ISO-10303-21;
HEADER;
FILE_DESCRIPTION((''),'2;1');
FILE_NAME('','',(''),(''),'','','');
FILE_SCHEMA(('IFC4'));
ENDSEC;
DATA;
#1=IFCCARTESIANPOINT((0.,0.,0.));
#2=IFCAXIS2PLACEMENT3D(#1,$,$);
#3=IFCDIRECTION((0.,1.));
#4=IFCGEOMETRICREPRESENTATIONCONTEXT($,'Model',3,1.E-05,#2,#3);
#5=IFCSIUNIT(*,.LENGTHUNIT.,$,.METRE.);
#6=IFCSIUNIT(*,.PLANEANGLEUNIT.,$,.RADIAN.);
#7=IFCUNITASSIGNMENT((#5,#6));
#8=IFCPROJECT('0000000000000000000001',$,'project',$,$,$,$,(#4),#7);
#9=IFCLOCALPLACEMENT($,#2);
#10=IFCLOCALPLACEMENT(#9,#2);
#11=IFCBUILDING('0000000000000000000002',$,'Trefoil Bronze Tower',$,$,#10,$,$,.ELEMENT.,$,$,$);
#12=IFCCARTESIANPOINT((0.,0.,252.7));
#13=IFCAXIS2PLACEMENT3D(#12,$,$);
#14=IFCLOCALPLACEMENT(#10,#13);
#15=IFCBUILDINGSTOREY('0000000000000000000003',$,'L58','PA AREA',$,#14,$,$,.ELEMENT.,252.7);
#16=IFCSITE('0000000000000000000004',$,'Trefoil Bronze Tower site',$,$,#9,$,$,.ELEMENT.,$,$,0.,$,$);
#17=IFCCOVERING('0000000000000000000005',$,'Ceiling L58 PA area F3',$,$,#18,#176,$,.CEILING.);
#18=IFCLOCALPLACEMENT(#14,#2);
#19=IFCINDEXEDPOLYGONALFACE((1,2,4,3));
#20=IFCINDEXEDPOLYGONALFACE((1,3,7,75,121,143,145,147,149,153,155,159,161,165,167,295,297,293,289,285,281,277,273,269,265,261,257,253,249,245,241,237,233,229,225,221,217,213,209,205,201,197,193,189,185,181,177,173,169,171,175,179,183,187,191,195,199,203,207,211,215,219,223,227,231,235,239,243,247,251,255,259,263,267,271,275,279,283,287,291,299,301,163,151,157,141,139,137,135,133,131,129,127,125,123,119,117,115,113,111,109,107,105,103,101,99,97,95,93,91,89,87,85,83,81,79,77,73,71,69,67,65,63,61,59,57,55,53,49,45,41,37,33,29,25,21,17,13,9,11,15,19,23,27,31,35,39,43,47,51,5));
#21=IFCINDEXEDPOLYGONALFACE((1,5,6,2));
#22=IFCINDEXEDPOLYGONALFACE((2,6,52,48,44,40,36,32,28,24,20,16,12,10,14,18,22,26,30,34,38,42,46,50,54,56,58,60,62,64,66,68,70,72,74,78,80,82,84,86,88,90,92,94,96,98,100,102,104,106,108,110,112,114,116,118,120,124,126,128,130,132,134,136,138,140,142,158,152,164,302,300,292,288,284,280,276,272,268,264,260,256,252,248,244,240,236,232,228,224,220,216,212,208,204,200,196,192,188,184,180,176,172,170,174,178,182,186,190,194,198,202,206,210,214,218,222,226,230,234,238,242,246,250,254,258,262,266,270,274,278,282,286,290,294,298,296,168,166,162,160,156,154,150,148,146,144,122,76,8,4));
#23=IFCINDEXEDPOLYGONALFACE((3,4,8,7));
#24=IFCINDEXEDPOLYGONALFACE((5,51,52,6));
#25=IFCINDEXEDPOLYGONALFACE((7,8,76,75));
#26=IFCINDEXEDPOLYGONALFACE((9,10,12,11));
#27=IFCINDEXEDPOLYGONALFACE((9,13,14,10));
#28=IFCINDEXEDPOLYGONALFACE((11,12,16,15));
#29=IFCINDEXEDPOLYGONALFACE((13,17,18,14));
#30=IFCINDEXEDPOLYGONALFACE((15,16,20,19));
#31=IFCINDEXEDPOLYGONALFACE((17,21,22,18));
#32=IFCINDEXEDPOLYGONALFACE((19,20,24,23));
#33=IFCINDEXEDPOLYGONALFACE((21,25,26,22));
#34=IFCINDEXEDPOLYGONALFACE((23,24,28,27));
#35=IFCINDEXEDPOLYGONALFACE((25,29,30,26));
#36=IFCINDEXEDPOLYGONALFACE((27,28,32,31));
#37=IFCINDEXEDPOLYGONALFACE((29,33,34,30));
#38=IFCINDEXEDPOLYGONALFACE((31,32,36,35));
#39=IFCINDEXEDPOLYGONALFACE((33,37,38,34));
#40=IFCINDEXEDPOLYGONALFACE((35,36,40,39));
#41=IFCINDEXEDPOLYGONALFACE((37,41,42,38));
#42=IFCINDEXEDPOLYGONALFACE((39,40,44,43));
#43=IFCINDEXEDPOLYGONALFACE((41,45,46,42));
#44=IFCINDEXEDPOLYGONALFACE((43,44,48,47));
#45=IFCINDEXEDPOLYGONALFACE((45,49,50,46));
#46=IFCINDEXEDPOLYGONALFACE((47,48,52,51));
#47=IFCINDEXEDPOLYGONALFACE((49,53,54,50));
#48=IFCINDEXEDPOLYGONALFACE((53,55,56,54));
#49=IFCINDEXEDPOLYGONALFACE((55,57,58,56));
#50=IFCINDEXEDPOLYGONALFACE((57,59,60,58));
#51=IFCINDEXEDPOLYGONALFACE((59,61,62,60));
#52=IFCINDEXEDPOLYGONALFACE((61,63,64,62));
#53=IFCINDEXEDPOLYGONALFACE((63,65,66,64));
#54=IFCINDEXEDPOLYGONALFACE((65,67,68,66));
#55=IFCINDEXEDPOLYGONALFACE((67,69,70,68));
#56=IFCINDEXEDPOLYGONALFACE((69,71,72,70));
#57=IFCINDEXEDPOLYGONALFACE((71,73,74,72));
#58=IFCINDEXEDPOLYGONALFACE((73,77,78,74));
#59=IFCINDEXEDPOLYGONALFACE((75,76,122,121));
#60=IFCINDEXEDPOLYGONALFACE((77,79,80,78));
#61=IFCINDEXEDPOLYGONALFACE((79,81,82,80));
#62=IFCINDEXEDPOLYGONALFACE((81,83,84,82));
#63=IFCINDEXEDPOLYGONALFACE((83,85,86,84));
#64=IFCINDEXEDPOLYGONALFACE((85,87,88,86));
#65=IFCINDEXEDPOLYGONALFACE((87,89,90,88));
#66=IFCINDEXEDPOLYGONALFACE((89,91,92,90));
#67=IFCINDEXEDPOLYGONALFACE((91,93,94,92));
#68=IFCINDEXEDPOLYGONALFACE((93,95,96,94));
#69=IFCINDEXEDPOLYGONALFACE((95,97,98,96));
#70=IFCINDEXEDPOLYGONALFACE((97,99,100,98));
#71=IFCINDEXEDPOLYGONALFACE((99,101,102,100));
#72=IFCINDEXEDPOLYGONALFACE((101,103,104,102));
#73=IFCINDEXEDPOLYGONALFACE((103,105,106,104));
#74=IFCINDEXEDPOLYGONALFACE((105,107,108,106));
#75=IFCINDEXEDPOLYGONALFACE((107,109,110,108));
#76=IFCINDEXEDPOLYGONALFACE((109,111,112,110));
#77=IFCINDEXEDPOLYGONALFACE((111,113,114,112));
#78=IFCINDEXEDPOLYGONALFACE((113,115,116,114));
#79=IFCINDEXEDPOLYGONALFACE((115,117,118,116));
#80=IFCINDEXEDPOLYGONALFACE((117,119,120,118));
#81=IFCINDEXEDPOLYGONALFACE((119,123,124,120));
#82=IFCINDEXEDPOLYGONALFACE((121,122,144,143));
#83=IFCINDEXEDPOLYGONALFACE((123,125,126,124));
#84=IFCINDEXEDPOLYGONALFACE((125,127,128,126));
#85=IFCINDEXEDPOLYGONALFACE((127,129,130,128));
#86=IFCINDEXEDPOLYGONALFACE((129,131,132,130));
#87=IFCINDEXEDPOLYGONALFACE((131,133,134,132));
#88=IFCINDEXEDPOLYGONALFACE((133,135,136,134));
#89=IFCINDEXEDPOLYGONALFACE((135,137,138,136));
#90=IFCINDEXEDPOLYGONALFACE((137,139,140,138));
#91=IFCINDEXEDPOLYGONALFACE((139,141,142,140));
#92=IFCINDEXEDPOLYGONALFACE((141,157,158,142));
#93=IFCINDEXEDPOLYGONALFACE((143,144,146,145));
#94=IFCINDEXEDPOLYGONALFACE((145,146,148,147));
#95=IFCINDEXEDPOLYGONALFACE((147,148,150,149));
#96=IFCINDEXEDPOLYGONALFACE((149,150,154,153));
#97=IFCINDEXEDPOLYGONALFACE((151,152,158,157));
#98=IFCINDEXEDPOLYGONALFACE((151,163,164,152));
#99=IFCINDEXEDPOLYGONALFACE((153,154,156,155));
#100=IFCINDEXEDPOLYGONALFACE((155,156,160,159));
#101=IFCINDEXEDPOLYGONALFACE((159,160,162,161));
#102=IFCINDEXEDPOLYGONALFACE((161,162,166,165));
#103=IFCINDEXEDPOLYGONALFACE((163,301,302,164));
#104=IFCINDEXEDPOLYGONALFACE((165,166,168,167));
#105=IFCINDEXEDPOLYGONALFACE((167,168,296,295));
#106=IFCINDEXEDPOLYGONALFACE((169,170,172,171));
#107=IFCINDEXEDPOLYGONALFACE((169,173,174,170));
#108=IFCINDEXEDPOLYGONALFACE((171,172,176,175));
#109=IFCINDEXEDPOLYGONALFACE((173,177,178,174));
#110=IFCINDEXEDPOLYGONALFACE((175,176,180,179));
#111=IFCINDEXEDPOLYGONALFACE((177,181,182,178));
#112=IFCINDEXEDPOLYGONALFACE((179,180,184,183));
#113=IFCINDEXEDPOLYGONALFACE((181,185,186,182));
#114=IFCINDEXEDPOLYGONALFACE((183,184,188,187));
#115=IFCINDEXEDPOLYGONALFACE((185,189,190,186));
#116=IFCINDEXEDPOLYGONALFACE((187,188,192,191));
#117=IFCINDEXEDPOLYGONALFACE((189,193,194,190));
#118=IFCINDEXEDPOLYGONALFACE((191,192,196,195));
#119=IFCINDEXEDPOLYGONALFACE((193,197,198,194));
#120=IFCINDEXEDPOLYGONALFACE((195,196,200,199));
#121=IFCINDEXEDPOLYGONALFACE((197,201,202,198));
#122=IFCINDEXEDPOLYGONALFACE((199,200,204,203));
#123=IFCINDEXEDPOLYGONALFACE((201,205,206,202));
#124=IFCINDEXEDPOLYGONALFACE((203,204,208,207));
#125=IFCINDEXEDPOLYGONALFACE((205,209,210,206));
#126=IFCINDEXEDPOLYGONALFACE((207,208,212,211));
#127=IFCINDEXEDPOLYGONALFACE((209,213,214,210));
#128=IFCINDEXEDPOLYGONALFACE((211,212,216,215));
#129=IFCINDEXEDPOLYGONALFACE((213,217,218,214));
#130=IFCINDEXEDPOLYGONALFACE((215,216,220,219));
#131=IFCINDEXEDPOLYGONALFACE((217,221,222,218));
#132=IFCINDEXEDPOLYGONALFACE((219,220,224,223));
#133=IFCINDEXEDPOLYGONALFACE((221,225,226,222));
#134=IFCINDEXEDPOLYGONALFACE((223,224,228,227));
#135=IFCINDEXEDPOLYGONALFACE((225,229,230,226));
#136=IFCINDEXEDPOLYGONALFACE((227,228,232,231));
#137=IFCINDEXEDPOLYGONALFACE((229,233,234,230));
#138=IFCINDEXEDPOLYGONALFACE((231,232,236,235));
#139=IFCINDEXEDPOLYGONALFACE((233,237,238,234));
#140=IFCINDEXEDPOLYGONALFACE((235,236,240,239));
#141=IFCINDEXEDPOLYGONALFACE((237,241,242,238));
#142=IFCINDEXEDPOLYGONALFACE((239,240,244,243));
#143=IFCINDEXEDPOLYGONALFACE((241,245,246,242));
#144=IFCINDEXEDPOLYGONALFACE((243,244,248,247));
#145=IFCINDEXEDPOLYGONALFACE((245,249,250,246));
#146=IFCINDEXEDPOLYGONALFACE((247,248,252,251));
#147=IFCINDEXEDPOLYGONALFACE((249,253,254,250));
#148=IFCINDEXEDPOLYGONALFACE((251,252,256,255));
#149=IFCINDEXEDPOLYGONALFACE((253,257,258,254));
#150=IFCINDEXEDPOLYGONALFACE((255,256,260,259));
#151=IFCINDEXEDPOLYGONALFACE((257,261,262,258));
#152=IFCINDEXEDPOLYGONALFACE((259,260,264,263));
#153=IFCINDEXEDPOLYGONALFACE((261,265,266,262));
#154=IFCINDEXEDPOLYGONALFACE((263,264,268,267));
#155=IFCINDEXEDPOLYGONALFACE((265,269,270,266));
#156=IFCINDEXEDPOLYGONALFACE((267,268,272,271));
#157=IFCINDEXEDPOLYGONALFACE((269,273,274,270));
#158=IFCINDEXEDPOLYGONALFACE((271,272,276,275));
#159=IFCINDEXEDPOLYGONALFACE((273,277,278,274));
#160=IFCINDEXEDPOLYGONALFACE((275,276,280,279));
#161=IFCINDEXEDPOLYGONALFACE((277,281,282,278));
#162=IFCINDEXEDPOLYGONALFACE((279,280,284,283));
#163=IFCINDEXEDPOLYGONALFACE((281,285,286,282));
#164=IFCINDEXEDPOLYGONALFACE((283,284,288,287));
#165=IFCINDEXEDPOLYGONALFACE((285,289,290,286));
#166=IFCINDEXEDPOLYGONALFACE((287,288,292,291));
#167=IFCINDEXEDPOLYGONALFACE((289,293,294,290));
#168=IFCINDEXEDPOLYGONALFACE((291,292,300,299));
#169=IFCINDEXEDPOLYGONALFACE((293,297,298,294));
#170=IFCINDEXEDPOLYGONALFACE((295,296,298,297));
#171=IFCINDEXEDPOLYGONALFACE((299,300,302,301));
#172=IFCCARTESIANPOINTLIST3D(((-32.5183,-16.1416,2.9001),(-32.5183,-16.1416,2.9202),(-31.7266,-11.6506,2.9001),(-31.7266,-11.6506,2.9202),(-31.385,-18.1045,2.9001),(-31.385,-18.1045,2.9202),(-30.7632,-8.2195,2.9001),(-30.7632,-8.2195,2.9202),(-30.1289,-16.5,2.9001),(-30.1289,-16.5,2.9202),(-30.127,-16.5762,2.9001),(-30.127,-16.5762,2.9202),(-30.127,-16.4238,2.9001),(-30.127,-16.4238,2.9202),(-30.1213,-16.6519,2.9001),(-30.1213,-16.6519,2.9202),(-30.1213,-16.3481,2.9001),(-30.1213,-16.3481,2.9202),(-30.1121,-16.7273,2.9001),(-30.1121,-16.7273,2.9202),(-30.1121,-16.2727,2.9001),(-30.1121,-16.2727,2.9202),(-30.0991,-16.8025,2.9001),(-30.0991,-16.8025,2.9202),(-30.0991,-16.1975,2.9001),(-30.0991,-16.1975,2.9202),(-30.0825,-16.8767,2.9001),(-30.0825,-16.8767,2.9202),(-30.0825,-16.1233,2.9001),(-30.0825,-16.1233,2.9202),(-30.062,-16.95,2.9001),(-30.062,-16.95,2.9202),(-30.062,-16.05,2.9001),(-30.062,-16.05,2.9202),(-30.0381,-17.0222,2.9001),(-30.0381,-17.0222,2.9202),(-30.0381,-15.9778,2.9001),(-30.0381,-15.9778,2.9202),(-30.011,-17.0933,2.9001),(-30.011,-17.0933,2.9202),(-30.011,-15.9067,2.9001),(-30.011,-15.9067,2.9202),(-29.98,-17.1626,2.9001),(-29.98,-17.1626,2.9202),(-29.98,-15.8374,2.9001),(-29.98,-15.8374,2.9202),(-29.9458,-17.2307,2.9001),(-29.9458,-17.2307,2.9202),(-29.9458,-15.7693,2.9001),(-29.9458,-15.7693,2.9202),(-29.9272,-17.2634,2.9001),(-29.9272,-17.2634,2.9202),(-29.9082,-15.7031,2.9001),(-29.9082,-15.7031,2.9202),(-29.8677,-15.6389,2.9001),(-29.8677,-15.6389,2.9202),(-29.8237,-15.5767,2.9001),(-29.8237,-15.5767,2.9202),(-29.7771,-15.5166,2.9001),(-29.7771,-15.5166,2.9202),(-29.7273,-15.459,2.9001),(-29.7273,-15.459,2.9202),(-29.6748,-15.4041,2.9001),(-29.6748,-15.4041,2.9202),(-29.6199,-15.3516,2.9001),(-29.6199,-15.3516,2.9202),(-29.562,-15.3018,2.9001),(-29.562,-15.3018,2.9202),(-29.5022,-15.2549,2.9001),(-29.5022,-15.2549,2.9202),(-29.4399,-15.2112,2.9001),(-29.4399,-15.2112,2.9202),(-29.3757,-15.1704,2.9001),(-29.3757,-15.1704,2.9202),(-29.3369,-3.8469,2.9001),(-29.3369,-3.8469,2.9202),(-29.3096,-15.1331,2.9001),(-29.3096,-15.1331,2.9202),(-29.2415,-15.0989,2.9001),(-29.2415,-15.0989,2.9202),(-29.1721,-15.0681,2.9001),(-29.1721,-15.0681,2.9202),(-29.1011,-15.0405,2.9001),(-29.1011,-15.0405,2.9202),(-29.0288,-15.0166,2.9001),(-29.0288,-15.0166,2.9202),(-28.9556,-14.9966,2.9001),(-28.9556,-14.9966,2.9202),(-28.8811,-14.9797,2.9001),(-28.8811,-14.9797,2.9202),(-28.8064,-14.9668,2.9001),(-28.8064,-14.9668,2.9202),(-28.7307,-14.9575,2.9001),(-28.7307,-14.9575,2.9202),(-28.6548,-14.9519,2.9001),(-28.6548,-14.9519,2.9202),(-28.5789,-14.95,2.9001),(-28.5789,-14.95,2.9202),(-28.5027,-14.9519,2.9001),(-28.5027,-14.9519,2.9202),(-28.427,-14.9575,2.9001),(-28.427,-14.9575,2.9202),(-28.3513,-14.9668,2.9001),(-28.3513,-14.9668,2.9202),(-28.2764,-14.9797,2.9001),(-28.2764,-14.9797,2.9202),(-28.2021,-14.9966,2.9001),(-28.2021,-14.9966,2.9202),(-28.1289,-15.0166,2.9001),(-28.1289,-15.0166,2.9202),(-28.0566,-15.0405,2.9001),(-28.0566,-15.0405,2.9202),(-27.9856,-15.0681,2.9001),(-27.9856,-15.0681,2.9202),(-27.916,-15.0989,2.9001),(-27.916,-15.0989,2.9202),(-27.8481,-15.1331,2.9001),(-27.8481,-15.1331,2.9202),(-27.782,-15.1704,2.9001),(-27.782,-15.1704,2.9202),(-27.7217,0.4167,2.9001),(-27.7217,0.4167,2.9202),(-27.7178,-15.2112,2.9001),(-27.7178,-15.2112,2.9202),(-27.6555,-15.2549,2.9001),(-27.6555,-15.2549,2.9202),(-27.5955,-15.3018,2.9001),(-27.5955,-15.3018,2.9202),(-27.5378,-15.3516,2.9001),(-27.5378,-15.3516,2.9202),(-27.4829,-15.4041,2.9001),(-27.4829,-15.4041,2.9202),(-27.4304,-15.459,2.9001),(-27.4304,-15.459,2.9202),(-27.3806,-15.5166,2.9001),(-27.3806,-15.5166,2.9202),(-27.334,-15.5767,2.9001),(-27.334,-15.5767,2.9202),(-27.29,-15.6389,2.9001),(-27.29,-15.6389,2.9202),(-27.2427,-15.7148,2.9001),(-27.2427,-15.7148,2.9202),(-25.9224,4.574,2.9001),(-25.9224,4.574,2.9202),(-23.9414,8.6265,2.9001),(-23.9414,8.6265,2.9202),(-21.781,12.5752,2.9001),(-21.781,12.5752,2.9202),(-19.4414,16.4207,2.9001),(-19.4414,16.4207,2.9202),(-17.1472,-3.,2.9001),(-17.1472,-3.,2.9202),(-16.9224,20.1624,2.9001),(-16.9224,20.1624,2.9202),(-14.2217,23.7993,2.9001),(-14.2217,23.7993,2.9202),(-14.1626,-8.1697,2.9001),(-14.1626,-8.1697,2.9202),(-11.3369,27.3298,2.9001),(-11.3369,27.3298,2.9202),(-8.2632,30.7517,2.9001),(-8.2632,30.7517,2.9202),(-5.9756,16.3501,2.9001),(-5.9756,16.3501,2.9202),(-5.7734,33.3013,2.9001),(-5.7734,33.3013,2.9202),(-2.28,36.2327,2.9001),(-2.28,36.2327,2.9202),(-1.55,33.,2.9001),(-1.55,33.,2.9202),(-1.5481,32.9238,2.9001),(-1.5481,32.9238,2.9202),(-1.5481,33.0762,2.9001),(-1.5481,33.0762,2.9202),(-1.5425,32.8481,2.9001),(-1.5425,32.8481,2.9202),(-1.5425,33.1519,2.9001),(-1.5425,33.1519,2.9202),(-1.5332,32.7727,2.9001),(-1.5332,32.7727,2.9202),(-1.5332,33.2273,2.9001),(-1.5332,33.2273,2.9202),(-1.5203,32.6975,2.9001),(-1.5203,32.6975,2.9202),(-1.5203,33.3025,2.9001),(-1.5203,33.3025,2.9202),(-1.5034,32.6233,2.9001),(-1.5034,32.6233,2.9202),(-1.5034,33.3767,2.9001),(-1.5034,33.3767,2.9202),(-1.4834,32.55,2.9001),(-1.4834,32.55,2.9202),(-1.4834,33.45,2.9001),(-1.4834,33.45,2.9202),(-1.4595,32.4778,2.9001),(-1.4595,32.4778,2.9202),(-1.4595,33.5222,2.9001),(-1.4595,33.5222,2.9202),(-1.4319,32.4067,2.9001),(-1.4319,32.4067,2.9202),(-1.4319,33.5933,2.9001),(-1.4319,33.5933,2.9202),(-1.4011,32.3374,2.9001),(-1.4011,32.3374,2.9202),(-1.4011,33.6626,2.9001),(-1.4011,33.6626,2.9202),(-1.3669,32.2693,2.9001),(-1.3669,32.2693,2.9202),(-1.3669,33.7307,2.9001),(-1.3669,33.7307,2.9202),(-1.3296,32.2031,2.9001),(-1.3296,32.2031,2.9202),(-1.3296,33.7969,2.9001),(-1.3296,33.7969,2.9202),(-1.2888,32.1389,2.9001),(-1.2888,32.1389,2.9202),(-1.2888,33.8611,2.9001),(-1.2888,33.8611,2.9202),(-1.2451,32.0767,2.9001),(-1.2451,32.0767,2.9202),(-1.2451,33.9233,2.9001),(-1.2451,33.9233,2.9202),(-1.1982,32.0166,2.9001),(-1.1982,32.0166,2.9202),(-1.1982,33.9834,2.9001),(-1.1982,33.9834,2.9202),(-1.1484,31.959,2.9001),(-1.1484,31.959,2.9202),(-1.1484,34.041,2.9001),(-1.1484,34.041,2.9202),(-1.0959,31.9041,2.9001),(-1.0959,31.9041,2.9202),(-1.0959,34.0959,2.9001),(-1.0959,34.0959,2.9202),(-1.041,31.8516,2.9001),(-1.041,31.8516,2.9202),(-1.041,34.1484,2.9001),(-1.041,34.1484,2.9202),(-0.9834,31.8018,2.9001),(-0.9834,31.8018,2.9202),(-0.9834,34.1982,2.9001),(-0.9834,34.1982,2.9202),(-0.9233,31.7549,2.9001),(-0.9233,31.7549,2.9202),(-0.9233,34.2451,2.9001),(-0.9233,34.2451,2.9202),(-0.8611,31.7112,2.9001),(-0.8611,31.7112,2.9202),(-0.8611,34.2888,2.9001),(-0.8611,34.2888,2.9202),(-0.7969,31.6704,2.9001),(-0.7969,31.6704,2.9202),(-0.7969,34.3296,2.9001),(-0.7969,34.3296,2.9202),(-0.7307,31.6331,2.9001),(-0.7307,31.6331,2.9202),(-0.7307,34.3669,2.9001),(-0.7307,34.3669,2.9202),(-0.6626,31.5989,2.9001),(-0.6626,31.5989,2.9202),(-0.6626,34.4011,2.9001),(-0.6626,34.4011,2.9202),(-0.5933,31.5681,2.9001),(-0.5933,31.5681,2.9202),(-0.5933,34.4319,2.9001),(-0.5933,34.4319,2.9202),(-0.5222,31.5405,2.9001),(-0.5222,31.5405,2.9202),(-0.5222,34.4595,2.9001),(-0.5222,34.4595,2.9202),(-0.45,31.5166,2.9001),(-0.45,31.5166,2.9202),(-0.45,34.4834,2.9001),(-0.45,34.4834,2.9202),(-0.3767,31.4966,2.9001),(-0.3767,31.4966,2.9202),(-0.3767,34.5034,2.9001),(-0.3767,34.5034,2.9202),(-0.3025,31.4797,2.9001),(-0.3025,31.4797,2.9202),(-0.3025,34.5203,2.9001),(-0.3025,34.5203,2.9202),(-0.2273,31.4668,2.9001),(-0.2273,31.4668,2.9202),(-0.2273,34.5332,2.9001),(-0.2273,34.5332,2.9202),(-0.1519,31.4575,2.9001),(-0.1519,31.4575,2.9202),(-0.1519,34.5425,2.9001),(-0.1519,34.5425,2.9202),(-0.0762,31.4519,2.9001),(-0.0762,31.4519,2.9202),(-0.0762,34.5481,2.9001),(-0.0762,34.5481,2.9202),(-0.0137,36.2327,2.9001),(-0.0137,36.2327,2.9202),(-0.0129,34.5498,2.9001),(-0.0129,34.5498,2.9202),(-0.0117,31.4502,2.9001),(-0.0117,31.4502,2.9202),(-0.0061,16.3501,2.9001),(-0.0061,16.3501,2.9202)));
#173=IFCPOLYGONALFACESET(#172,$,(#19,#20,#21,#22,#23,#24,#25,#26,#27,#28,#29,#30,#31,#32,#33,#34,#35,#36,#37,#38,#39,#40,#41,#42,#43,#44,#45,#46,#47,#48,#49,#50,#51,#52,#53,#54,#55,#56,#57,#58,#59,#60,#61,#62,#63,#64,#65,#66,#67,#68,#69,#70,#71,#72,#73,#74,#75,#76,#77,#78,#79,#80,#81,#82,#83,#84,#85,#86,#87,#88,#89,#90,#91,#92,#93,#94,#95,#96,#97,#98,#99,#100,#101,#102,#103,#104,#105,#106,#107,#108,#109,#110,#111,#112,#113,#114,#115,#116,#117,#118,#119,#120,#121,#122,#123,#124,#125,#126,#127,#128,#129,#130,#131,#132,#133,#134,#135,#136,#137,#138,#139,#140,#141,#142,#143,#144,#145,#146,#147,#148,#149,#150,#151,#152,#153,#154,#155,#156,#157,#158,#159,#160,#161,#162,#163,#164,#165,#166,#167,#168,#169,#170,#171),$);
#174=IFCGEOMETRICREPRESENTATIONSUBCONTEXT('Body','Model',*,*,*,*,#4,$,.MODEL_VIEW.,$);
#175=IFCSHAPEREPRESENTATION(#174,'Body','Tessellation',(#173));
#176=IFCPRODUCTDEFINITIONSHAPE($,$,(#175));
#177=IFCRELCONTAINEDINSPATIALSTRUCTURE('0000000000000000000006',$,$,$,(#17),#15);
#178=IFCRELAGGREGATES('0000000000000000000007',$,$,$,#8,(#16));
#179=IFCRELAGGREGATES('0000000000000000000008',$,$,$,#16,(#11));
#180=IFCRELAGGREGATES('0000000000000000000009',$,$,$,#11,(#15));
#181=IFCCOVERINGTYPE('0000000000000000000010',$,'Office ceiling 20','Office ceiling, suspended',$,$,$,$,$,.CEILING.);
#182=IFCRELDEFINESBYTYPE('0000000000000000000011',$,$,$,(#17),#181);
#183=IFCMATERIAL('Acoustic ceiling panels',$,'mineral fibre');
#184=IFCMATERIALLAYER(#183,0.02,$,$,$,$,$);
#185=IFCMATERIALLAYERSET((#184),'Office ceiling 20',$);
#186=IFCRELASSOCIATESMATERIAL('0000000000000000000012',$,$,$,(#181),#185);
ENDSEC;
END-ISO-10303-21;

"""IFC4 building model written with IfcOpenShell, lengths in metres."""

from ifc_helpers import new_model, si_unit, direction, frame, origin, place, context, subcontext, project, spatial, polyline, outline, extrude, material, layer, layer_set, type_object, element, save


model = new_model("IFC4")

# Units and contexts
model_context = context("Model", 3, precision=1e-05, world=origin(), true_north=direction((0.0, 1.0)))
body_context = subcontext(model_context, "Body", "Model", "MODEL_VIEW")
ifc_project = project(units=[si_unit("LENGTHUNIT", "METRE"), si_unit("PLANEANGLEUNIT", "RADIAN")], contexts=[model_context])

# Site, building, storey
site_placement = place(None, origin())
site = spatial("IfcSite", under=ifc_project, at=site_placement, Name="Trefoil Bronze Tower site", CompositionType="ELEMENT", RefElevation=0.0)
building_placement = place(site_placement, origin())
building = spatial("IfcBuilding", under=site, at=building_placement, Name="Trefoil Bronze Tower", CompositionType="ELEMENT")
storey_placement = place(building_placement, frame((0.0, 0.0, 252.7)))
storey = spatial("IfcBuildingStorey", under=building, at=storey_placement, Name="L58", Description="PA AREA", CompositionType="ELEMENT", Elevation=252.7)

# Covering
ifc_material_1 = material(Name="Acoustic ceiling panels", Category="mineral fibre")
ifc_layer_1 = layer(ifc_material_1, 0.02)
ifc_layer_set_1 = layer_set([ifc_layer_1], Name="Office ceiling 20")
covering_type_1 = type_object("IfcCoveringType", Name="Office ceiling 20", Description="Office ceiling, suspended", PredefinedType="CEILING", material=ifc_layer_set_1)
covering_1_placement = place(storey_placement, frame((0.0, 0.0, 2.9001)))
element("IfcCovering", 1, at=covering_1_placement, inside=storey, type_object=covering_type_1, Name="Ceiling L58 PA area F3", PredefinedType="CEILING", context=body_context, shape_type="SweptSolid", body=[
    extrude(outline(polyline([(-30.7632, -8.2195), (-29.3369, -3.8469), (-27.7217, 0.4167), (-25.9224, 4.574), (-23.9414, 8.6265), (-21.781, 12.5752), (-19.4414, 16.4207), (-16.9224, 20.1624), (-14.2217, 23.7993), (-11.3369, 27.3298), (-8.2632, 30.7517), (-5.7734, 33.3013), (-2.28, 36.2327), (-0.0137, 36.2327), (-0.0129, 34.5498), (-0.0762, 34.5481), (-0.1519, 34.5425), (-0.2273, 34.5332), (-0.3025, 34.5203), (-0.3767, 34.5034), (-0.45, 34.4834), (-0.5222, 34.4595), (-0.5933, 34.4319), (-0.6626, 34.4011), (-0.7307, 34.3669), (-0.7969, 34.3296), (-0.8611, 34.2888), (-0.9233, 34.2451), (-0.9834, 34.1982), (-1.041, 34.1484), (-1.0959, 34.0959), (-1.1484, 34.041), (-1.1982, 33.9834), (-1.2451, 33.9233), (-1.2888, 33.8611), (-1.3296, 33.7969), (-1.3669, 33.7307), (-1.4011, 33.6626), (-1.4319, 33.5933), (-1.4595, 33.5222), (-1.4834, 33.45), (-1.5034, 33.3767), (-1.5203, 33.3025), (-1.5332, 33.2273), (-1.5425, 33.1519), (-1.5481, 33.0762), (-1.55, 33.0), (-1.5481, 32.9238), (-1.5425, 32.8481), (-1.5332, 32.7727), (-1.5203, 32.6975), (-1.5034, 32.6233), (-1.4834, 32.55), (-1.4595, 32.4778), (-1.4319, 32.4067), (-1.4011, 32.3374), (-1.3669, 32.2693), (-1.3296, 32.2031), (-1.2888, 32.1389), (-1.2451, 32.0767), (-1.1982, 32.0166), (-1.1484, 31.959), (-1.0959, 31.9041), (-1.041, 31.8516), (-0.9834, 31.8018), (-0.9233, 31.7549), (-0.8611, 31.7112), (-0.7969, 31.6704), (-0.7307, 31.6331), (-0.6626, 31.5989), (-0.5933, 31.5681), (-0.5222, 31.5405), (-0.45, 31.5166), (-0.3767, 31.4966), (-0.3025, 31.4797), (-0.2273, 31.4668), (-0.1519, 31.4575), (-0.0762, 31.4519), (-0.0117, 31.4502), (-0.0061, 16.3501), (-5.9756, 16.3501), (-17.1472, -3.0), (-14.1626, -8.1697), (-27.2427, -15.7148), (-27.29, -15.6389), (-27.334, -15.5767), (-27.3806, -15.5166), (-27.4304, -15.459), (-27.4829, -15.4041), (-27.5378, -15.3516), (-27.5955, -15.3018), (-27.6555, -15.2549), (-27.7178, -15.2112), (-27.782, -15.1704), (-27.8481, -15.1331), (-27.916, -15.0989), (-27.9856, -15.0681), (-28.0566, -15.0405), (-28.1289, -15.0166), (-28.2021, -14.9966), (-28.2764, -14.9797), (-28.3513, -14.9668), (-28.427, -14.9575), (-28.5027, -14.9519), (-28.5789, -14.95), (-28.6548, -14.9519), (-28.7307, -14.9575), (-28.8064, -14.9668), (-28.8811, -14.9797), (-28.9556, -14.9966), (-29.0288, -15.0166), (-29.1011, -15.0405), (-29.1721, -15.0681), (-29.2415, -15.0989), (-29.3096, -15.1331), (-29.3757, -15.1704), (-29.4399, -15.2112), (-29.5022, -15.2549), (-29.562, -15.3018), (-29.6199, -15.3516), (-29.6748, -15.4041), (-29.7273, -15.459), (-29.7771, -15.5166), (-29.8237, -15.5767), (-29.8677, -15.6389), (-29.9082, -15.7031), (-29.9458, -15.7693), (-29.98, -15.8374), (-30.011, -15.9067), (-30.0381, -15.9778), (-30.062, -16.05), (-30.0825, -16.1233), (-30.0991, -16.1975), (-30.1121, -16.2727), (-30.1213, -16.3481), (-30.127, -16.4238), (-30.1289, -16.5), (-30.127, -16.5762), (-30.1213, -16.6519), (-30.1121, -16.7273), (-30.0991, -16.8025), (-30.0825, -16.8767), (-30.062, -16.95), (-30.0381, -17.0222), (-30.011, -17.0933), (-29.98, -17.1626), (-29.9458, -17.2307), (-29.9272, -17.2634), (-31.385, -18.1045), (-32.5183, -16.1416), (-31.7266, -11.6506), (-30.7632, -8.2195)])), origin(), (0.0, 0.0, 1.0), 0.02),
])

save(model, "model.ifc")
